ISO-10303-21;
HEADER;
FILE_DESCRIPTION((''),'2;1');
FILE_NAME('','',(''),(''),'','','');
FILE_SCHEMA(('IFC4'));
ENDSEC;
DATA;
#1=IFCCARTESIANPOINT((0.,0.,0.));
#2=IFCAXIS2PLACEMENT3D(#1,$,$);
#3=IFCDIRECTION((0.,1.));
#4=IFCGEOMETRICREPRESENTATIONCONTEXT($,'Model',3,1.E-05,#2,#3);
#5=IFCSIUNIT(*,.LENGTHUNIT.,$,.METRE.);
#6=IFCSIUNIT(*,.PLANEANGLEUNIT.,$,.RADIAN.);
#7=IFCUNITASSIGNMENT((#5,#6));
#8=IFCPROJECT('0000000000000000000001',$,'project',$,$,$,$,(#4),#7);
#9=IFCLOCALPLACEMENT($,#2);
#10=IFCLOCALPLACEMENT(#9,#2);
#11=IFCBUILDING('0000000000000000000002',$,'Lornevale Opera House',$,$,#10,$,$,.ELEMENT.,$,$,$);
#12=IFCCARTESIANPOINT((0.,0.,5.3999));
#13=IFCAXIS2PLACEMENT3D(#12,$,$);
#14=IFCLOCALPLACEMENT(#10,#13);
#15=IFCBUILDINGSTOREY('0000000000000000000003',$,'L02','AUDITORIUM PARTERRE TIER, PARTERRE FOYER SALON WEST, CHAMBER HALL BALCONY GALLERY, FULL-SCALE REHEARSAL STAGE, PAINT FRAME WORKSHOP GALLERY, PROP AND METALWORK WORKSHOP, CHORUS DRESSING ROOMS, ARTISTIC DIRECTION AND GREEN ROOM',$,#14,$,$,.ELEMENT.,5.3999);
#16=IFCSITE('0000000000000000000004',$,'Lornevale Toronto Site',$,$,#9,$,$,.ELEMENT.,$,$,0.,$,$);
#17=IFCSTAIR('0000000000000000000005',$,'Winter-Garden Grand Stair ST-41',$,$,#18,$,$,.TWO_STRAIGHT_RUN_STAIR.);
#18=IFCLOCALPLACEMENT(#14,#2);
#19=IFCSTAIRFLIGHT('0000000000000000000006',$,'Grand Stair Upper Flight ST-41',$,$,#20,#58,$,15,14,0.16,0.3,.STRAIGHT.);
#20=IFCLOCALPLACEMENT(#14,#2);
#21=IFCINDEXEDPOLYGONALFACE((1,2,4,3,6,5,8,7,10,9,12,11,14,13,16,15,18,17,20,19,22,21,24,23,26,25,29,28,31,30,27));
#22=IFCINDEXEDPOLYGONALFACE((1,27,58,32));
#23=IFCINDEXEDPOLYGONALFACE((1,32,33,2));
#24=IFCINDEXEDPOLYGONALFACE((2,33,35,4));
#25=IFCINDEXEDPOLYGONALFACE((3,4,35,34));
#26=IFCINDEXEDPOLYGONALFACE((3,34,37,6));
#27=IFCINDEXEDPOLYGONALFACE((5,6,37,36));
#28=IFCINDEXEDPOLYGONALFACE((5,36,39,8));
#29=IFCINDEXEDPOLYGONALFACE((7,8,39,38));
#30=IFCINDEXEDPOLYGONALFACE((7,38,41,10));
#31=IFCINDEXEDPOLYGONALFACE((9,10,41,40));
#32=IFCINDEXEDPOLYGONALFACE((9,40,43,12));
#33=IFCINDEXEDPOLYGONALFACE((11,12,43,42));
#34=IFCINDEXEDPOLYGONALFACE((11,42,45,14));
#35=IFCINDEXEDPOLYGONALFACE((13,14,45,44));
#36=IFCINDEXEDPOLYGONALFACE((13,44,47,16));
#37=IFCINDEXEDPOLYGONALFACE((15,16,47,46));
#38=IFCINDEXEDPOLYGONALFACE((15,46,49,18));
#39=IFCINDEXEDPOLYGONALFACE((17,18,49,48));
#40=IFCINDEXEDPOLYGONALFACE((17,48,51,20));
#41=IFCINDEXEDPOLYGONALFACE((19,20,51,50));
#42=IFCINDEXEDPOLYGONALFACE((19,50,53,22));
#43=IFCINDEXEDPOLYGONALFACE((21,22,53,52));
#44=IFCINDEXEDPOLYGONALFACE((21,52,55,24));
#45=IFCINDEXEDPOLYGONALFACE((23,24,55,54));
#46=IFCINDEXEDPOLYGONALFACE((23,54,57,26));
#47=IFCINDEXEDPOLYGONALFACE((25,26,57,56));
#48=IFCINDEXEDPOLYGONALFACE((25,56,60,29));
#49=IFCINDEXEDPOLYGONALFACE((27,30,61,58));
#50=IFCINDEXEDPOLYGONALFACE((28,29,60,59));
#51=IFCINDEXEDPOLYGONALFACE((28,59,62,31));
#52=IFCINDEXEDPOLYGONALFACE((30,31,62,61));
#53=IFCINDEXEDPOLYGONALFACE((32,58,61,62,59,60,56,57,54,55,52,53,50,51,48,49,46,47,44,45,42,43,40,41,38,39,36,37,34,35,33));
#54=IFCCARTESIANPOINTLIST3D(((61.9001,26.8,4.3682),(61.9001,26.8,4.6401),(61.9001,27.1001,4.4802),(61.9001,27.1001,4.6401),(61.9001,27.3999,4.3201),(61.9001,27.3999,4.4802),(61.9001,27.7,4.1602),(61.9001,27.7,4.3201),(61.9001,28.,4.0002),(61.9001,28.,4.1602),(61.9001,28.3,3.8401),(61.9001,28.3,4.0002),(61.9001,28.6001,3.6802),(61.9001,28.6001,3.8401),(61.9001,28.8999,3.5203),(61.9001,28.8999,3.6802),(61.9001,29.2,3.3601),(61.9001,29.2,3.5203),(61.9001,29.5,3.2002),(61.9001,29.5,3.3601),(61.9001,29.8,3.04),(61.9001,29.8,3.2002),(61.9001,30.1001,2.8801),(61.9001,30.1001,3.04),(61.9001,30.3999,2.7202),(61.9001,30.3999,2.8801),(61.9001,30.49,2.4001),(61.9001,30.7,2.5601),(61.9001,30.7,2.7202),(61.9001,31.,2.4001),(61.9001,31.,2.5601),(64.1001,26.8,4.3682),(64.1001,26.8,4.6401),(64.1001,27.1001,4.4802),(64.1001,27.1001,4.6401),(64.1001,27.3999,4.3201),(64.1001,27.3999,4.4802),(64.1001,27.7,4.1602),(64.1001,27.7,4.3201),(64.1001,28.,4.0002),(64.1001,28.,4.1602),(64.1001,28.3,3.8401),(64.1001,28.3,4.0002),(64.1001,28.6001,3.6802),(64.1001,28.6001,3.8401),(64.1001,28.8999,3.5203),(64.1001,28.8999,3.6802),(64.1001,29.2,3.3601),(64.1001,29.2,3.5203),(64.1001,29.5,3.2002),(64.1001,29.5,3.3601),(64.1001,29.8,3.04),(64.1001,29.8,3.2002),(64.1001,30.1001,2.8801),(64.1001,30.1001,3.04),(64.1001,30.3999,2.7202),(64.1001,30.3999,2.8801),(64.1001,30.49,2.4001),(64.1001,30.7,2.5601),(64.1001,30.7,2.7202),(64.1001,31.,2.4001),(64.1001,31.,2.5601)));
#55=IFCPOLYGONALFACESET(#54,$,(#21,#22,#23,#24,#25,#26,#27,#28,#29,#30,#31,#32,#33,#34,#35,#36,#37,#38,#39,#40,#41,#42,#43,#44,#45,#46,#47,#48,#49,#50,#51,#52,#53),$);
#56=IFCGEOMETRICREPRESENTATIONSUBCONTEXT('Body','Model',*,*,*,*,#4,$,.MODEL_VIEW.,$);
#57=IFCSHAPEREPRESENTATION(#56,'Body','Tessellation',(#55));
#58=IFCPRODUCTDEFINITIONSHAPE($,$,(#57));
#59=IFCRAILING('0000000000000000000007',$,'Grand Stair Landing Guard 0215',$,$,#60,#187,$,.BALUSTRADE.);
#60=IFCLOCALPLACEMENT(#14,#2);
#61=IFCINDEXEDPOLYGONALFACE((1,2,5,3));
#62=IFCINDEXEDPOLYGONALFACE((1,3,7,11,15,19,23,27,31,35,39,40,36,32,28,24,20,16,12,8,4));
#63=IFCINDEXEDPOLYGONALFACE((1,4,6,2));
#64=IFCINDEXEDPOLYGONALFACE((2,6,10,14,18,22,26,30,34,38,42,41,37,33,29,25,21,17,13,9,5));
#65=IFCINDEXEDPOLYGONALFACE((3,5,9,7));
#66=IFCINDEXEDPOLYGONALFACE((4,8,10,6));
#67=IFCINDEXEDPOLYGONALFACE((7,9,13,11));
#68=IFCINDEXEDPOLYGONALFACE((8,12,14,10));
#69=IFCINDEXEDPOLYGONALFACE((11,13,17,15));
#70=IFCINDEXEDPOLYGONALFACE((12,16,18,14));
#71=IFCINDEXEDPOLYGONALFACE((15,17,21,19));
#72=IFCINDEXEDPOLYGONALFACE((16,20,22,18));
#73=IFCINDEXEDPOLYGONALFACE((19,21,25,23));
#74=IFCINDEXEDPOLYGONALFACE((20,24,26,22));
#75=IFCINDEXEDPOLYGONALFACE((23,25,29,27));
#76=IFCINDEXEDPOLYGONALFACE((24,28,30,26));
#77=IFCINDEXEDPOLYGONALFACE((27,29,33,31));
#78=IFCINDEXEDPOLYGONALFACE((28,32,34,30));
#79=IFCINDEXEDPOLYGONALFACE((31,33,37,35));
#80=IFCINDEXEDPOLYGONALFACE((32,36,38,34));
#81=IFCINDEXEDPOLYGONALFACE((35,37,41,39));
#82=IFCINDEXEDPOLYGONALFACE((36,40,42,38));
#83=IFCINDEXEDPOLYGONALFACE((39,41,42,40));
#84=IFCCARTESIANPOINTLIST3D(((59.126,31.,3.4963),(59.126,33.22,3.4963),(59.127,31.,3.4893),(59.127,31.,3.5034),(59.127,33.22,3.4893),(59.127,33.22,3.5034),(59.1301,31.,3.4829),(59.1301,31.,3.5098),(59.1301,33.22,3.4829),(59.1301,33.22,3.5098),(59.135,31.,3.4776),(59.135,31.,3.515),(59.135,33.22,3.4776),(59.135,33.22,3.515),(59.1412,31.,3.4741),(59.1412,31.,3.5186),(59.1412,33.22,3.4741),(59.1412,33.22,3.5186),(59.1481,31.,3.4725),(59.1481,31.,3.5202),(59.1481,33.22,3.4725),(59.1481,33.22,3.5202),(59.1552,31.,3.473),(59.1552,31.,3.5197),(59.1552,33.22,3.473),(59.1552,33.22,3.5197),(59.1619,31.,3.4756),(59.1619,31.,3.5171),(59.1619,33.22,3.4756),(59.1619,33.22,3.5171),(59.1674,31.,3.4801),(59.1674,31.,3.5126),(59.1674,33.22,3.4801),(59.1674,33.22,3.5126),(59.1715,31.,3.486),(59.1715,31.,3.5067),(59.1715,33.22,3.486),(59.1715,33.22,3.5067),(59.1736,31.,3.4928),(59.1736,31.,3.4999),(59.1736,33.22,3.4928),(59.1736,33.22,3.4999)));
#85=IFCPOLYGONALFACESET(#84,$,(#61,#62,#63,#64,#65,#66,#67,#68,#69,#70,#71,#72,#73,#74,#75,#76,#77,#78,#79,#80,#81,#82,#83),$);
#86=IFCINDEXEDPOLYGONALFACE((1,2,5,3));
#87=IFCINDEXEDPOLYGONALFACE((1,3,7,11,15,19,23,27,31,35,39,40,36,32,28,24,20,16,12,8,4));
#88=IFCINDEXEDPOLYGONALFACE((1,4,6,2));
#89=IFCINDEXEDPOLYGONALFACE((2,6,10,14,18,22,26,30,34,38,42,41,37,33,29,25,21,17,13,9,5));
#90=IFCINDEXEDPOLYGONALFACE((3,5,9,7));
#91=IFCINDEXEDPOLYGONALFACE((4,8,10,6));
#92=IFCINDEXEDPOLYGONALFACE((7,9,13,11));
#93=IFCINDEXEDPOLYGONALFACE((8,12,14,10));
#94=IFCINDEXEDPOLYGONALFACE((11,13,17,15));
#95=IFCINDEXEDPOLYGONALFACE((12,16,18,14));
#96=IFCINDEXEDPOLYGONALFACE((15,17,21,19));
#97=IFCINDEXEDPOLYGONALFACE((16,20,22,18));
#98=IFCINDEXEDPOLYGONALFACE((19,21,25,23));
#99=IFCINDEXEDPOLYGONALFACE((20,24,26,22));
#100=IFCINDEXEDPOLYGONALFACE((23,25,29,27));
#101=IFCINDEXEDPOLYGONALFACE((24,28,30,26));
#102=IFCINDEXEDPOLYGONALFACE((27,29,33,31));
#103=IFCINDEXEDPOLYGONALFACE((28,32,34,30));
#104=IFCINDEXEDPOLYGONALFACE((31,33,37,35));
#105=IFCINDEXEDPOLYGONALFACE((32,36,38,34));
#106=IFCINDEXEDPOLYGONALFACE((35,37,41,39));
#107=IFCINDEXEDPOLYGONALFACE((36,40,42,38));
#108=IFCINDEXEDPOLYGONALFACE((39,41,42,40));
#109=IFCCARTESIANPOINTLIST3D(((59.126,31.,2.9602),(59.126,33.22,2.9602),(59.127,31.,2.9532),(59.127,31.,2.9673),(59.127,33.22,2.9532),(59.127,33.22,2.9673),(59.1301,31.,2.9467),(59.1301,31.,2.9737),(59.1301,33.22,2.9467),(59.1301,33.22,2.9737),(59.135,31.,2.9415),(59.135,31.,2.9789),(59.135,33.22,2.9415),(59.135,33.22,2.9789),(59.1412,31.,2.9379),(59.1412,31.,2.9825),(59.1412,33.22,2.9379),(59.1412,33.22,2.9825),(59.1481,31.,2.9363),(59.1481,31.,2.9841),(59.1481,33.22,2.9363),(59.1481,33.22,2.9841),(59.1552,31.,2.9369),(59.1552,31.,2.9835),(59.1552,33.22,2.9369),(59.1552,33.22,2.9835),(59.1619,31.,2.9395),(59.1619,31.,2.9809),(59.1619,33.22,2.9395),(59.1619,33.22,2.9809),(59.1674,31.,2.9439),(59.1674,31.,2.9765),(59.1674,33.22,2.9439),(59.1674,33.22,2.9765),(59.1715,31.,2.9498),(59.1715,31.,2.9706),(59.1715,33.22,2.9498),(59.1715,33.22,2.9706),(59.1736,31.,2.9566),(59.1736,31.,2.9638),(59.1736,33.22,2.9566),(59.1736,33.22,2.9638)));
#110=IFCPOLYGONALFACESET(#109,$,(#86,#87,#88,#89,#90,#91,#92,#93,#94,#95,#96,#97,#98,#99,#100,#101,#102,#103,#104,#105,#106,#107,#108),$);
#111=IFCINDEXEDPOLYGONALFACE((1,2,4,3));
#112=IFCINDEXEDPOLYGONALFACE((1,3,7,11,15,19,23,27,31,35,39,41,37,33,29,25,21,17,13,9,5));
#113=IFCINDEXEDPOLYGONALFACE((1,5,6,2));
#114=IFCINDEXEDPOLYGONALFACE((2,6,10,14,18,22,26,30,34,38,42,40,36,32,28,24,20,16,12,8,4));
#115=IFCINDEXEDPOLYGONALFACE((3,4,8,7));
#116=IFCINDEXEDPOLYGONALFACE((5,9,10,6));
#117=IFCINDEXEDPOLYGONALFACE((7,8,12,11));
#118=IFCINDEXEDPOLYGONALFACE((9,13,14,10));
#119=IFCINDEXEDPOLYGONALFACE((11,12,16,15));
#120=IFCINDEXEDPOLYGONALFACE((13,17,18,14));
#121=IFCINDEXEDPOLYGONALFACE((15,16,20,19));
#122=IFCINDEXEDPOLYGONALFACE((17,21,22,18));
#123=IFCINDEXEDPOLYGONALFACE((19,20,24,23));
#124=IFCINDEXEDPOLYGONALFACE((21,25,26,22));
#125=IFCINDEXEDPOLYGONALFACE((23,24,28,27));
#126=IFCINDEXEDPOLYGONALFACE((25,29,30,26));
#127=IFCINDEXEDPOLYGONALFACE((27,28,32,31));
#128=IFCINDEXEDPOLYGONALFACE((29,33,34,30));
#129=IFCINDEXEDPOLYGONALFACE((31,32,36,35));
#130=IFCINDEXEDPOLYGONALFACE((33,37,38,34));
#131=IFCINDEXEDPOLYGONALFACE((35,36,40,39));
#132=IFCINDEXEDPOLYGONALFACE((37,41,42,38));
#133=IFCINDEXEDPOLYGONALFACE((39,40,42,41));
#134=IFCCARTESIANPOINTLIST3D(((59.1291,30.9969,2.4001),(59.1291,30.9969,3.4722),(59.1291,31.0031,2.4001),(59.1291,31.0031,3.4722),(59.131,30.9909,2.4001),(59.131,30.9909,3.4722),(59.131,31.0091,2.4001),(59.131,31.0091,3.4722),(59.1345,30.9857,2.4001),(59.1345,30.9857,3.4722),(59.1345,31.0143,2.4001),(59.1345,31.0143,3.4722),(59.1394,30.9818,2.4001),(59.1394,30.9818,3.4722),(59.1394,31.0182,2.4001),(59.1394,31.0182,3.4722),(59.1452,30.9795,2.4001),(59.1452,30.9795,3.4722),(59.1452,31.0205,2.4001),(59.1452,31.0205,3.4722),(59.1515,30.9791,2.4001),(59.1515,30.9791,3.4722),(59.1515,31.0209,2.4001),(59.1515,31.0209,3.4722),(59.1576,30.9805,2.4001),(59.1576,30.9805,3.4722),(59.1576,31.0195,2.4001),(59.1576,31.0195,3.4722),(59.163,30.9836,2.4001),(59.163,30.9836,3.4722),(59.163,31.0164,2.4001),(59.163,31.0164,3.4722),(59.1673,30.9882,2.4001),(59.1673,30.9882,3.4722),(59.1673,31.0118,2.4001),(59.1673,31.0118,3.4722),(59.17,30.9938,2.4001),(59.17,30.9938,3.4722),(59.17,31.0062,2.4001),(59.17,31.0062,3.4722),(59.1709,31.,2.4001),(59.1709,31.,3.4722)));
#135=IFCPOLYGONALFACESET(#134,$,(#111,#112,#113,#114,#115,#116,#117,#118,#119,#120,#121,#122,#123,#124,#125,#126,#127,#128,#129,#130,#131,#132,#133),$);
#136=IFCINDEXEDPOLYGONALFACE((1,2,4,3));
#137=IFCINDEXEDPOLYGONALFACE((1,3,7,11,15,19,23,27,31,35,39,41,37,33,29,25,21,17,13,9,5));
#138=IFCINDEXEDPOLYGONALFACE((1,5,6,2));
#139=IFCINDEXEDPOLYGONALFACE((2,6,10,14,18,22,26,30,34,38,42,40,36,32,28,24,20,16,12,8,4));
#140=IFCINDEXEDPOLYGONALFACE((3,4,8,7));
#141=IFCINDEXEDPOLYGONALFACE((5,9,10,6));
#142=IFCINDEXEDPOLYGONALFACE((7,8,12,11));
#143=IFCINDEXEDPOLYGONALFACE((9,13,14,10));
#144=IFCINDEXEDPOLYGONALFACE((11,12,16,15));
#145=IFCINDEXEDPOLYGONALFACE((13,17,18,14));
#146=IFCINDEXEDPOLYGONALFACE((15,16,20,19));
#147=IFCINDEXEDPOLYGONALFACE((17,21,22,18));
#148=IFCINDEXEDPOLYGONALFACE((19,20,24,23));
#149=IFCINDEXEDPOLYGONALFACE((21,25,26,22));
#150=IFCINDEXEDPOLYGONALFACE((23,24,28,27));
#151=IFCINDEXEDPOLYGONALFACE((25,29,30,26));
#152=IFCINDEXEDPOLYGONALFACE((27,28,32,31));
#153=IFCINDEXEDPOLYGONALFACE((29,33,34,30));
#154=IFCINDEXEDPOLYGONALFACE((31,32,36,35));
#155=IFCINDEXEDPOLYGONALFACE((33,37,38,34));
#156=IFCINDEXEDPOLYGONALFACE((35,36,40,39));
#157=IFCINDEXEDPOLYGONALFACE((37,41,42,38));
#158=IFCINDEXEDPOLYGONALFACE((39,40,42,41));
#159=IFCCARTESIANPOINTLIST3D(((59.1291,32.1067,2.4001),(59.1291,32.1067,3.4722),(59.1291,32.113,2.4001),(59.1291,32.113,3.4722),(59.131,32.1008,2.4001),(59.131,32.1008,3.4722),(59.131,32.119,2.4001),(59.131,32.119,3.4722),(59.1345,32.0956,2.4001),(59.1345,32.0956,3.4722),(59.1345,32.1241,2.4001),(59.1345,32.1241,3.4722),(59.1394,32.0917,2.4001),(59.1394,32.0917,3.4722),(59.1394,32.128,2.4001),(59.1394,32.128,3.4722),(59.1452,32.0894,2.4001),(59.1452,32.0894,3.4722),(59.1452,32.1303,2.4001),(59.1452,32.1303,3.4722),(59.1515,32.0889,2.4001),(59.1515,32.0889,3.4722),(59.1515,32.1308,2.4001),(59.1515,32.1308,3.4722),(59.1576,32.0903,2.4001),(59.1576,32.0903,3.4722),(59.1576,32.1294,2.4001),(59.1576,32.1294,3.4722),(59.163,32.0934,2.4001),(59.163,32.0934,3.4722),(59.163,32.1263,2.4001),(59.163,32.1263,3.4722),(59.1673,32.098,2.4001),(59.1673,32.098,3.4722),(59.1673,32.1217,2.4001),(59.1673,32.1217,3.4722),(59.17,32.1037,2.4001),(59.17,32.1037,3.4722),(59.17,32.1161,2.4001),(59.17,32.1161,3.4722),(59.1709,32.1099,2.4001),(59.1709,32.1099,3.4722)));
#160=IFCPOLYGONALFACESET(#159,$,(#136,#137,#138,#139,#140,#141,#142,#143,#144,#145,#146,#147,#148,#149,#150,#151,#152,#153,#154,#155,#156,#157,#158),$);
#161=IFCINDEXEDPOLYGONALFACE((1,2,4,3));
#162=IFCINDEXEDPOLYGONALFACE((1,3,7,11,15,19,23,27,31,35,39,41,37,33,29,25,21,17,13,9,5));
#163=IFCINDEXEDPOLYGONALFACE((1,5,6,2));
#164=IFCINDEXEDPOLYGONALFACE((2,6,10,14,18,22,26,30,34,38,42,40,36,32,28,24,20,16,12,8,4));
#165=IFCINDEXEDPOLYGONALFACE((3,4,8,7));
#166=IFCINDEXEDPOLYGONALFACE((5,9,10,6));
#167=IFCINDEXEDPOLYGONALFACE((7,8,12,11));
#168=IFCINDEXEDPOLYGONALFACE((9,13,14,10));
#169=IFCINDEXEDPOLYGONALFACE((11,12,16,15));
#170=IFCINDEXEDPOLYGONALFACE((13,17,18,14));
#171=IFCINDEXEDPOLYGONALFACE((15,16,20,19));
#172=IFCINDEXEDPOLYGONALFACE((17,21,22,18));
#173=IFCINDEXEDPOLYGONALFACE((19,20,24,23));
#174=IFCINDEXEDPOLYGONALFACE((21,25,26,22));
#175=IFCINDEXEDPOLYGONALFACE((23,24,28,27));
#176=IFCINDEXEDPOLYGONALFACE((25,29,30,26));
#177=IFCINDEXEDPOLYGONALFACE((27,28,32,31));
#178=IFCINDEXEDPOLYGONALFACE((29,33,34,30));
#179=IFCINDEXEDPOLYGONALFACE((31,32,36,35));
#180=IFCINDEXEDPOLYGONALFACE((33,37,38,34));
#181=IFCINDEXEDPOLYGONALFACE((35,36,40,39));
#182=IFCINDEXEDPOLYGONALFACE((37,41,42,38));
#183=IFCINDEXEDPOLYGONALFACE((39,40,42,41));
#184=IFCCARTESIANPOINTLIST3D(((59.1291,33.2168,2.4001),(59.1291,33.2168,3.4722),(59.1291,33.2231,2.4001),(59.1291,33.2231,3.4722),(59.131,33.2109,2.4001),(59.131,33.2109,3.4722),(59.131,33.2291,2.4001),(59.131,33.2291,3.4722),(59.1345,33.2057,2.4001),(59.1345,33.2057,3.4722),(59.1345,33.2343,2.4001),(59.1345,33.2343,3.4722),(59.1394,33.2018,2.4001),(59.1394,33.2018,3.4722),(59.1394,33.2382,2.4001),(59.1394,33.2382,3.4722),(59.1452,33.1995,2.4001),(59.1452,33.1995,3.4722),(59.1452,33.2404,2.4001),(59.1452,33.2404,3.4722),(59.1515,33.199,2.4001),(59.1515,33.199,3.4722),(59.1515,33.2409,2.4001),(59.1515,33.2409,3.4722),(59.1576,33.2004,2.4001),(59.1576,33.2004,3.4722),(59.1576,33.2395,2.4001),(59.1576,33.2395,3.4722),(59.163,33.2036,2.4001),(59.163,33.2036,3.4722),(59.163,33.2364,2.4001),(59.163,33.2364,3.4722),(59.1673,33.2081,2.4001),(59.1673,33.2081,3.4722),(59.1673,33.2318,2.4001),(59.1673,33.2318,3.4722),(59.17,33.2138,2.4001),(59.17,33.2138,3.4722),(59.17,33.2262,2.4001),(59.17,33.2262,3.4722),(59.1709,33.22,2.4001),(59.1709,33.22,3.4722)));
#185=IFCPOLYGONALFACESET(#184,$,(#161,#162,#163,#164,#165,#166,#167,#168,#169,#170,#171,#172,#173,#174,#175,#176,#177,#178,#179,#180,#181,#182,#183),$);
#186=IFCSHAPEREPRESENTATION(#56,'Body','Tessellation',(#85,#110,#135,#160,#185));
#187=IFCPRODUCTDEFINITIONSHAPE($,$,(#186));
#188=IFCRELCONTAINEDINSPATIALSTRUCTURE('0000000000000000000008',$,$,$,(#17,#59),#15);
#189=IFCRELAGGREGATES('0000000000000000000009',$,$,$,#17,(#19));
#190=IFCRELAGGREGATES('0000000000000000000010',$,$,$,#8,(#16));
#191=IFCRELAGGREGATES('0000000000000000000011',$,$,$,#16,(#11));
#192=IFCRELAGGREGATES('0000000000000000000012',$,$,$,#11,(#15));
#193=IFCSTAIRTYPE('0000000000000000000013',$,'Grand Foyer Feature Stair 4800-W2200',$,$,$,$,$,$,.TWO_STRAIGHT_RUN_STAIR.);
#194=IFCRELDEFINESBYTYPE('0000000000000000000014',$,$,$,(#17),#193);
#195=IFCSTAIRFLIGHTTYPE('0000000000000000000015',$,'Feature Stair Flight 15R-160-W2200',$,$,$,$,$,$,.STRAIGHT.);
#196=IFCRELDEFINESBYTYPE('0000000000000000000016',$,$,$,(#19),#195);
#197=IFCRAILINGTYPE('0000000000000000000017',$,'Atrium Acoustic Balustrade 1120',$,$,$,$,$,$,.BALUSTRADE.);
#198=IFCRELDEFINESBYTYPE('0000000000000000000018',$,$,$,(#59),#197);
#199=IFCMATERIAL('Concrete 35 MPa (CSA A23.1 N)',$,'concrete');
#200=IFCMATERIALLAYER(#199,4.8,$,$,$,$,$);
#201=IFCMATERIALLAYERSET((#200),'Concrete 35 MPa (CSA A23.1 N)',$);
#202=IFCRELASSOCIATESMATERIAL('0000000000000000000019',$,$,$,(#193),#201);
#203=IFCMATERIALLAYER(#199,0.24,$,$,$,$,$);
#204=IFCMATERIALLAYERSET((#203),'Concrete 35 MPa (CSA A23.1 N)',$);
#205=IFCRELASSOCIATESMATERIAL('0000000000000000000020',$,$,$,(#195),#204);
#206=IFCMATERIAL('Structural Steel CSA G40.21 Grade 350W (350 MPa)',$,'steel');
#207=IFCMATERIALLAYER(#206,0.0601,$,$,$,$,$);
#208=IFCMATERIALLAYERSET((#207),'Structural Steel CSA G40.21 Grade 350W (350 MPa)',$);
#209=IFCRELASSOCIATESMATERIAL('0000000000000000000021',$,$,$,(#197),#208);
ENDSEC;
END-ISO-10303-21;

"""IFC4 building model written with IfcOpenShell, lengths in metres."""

from ifc_helpers import new_model, si_unit, direction, frame, origin, origin_2d, place, context, subcontext, project, spatial, polyline, circle, outline, extrude, material, layer, layer_set, type_object, element, aggregate, save


model = new_model("IFC4")

# Units and contexts
model_context = context("Model", 3, precision=1e-05, world=origin(), true_north=direction((0.0, 1.0)))
body_context = subcontext(model_context, "Body", "Model", "MODEL_VIEW")
ifc_project = project(units=[si_unit("LENGTHUNIT", "METRE"), si_unit("PLANEANGLEUNIT", "RADIAN")], contexts=[model_context])

# Site, building, storey
site_placement = place(None, origin())
site = spatial("IfcSite", under=ifc_project, at=site_placement, Name="Lornevale Toronto Site", CompositionType="ELEMENT", RefElevation=0.0)
building_placement = place(site_placement, origin())
building = spatial("IfcBuilding", under=site, at=building_placement, Name="Lornevale Opera House", CompositionType="ELEMENT")
storey_placement = place(building_placement, frame((0.0, 0.0, 5.3999)))
storey = spatial("IfcBuildingStorey", under=building, at=storey_placement, Name="L02", Description="AUDITORIUM PARTERRE TIER, PARTERRE FOYER SALON WEST, CHAMBER HALL BALCONY GALLERY, FULL-SCALE REHEARSAL STAGE, PAINT FRAME WORKSHOP GALLERY, PROP AND METALWORK WORKSHOP, CHORUS DRESSING ROOMS, ARTISTIC DIRECTION AND GREEN ROOM", CompositionType="ELEMENT", Elevation=5.3999)

# Shared definitions
ifc_material_1 = material(Name="Structural Steel CSA G40.21 Grade 350W (350 MPa)", Category="steel")

# Shared definitions
ifc_material_2 = material(Name="Concrete 35 MPa (CSA A23.1 N)", Category="concrete")

# Stair, stair flight
ifc_layer_1 = layer(ifc_material_2, 4.8)
ifc_layer_set_1 = layer_set([ifc_layer_1], Name="Concrete 35 MPa (CSA A23.1 N)")
stair_type_1 = type_object("IfcStairType", Name="Grand Foyer Feature Stair 4800-W2200", PredefinedType="TWO_STRAIGHT_RUN_STAIR", material=ifc_layer_set_1)
stair_1_placement = place(storey_placement, origin())
stair_1 = element("IfcStair", 1, at=stair_1_placement, inside=storey, type_object=stair_type_1, Name="Winter-Garden Grand Stair ST-41", PredefinedType="TWO_STRAIGHT_RUN_STAIR")
ifc_layer_2 = layer(ifc_material_2, 0.24)
ifc_layer_set_2 = layer_set([ifc_layer_2], Name="Concrete 35 MPa (CSA A23.1 N)")
stair_flight_type_1 = type_object("IfcStairFlightType", Name="Feature Stair Flight 15R-160-W2200", PredefinedType="STRAIGHT", material=ifc_layer_set_2)
stair_flight_1_placement = place(storey_placement, frame((63.0, 31.0, 2.4001), z_axis=(0.0, 0.0, 1.0), x_axis=(0.0, -1.0, 0.0)))
stair_flight_1 = element("IfcStairFlight", 2, at=stair_flight_1_placement, type_object=stair_flight_type_1, Name="Grand Stair Upper Flight ST-41", NumberOfRisers=15, NumberOfTreads=14, PredefinedType="STRAIGHT", RiserHeight=0.16, TreadLength=0.3, context=body_context, shape_type="SweptSolid", body=[
    extrude(outline(polyline([(0.0, 0.0), (0.0, 0.1599), (0.3, 0.1599), (0.3, 0.3201), (0.6001, 0.3201), (0.6001, 0.48), (0.8999, 0.48), (0.8999, 0.6399), (1.2, 0.6399), (1.2, 0.8), (1.5, 0.8), (1.5, 0.96), (1.8, 0.96), (1.8, 1.1201), (2.1001, 1.1201), (2.1001, 1.28), (2.3999, 1.28), (2.3999, 1.4399), (2.7, 1.4399), (2.7, 1.6001), (3.0, 1.6001), (3.0, 1.76), (3.3, 1.76), (3.3, 1.9199), (3.6001, 1.9199), (3.6001, 2.0801), (3.8999, 2.0801), (3.8999, 2.24), (4.2, 2.24), (4.2, 1.968), (0.51, 0.0), (0.0, 0.0)])), frame((0.0, 1.1001, 0.0), z_axis=(0.0, -1.0, 0.0), x_axis=(1.0, 0.0, 0.0)), (0.0, 0.0, 1.0), 2.2),
])
aggregate(stair_1, [stair_flight_1])

# Railing
ifc_layer_3 = layer(ifc_material_1, 0.0601)
ifc_layer_set_3 = layer_set([ifc_layer_3], Name="Structural Steel CSA G40.21 Grade 350W (350 MPa)")
railing_type_1 = type_object("IfcRailingType", Name="Atrium Acoustic Balustrade 1120", PredefinedType="BALUSTRADE", material=ifc_layer_set_3)
railing_1_placement = place(storey_placement, frame((59.1499, 31.0, 2.4001)))
element("IfcRailing", 3, at=railing_1_placement, inside=storey, type_object=railing_type_1, Name="Grand Stair Landing Guard 0215", PredefinedType="BALUSTRADE", context=body_context, shape_type="SweptSolid", body=[
    extrude(circle(Radius=0.0239, at=origin_2d()), frame((0.0, 0.0, 1.0962), z_axis=(0.0, 1.0, 0.0), x_axis=(-1.0, 0.0, 0.0)), (0.0, 0.0, 1.0), 2.22),
    extrude(circle(Radius=0.0239, at=origin_2d()), frame((0.0, 0.0, 0.5601), z_axis=(0.0, 1.0, 0.0), x_axis=(-1.0, 0.0, 0.0)), (0.0, 0.0, 1.0), 2.22),
    extrude(circle(Radius=0.021, at=origin_2d()), origin(), (0.0, 0.0, 1.0), 1.072),
    extrude(circle(Radius=0.021, at=origin_2d()), frame((0.0, 1.1099, 0.0)), (0.0, 0.0, 1.0), 1.072),
    extrude(circle(Radius=0.021, at=origin_2d()), frame((0.0, 2.22, 0.0)), (0.0, 0.0, 1.0), 1.072),
])

save(model, "model.ifc")
